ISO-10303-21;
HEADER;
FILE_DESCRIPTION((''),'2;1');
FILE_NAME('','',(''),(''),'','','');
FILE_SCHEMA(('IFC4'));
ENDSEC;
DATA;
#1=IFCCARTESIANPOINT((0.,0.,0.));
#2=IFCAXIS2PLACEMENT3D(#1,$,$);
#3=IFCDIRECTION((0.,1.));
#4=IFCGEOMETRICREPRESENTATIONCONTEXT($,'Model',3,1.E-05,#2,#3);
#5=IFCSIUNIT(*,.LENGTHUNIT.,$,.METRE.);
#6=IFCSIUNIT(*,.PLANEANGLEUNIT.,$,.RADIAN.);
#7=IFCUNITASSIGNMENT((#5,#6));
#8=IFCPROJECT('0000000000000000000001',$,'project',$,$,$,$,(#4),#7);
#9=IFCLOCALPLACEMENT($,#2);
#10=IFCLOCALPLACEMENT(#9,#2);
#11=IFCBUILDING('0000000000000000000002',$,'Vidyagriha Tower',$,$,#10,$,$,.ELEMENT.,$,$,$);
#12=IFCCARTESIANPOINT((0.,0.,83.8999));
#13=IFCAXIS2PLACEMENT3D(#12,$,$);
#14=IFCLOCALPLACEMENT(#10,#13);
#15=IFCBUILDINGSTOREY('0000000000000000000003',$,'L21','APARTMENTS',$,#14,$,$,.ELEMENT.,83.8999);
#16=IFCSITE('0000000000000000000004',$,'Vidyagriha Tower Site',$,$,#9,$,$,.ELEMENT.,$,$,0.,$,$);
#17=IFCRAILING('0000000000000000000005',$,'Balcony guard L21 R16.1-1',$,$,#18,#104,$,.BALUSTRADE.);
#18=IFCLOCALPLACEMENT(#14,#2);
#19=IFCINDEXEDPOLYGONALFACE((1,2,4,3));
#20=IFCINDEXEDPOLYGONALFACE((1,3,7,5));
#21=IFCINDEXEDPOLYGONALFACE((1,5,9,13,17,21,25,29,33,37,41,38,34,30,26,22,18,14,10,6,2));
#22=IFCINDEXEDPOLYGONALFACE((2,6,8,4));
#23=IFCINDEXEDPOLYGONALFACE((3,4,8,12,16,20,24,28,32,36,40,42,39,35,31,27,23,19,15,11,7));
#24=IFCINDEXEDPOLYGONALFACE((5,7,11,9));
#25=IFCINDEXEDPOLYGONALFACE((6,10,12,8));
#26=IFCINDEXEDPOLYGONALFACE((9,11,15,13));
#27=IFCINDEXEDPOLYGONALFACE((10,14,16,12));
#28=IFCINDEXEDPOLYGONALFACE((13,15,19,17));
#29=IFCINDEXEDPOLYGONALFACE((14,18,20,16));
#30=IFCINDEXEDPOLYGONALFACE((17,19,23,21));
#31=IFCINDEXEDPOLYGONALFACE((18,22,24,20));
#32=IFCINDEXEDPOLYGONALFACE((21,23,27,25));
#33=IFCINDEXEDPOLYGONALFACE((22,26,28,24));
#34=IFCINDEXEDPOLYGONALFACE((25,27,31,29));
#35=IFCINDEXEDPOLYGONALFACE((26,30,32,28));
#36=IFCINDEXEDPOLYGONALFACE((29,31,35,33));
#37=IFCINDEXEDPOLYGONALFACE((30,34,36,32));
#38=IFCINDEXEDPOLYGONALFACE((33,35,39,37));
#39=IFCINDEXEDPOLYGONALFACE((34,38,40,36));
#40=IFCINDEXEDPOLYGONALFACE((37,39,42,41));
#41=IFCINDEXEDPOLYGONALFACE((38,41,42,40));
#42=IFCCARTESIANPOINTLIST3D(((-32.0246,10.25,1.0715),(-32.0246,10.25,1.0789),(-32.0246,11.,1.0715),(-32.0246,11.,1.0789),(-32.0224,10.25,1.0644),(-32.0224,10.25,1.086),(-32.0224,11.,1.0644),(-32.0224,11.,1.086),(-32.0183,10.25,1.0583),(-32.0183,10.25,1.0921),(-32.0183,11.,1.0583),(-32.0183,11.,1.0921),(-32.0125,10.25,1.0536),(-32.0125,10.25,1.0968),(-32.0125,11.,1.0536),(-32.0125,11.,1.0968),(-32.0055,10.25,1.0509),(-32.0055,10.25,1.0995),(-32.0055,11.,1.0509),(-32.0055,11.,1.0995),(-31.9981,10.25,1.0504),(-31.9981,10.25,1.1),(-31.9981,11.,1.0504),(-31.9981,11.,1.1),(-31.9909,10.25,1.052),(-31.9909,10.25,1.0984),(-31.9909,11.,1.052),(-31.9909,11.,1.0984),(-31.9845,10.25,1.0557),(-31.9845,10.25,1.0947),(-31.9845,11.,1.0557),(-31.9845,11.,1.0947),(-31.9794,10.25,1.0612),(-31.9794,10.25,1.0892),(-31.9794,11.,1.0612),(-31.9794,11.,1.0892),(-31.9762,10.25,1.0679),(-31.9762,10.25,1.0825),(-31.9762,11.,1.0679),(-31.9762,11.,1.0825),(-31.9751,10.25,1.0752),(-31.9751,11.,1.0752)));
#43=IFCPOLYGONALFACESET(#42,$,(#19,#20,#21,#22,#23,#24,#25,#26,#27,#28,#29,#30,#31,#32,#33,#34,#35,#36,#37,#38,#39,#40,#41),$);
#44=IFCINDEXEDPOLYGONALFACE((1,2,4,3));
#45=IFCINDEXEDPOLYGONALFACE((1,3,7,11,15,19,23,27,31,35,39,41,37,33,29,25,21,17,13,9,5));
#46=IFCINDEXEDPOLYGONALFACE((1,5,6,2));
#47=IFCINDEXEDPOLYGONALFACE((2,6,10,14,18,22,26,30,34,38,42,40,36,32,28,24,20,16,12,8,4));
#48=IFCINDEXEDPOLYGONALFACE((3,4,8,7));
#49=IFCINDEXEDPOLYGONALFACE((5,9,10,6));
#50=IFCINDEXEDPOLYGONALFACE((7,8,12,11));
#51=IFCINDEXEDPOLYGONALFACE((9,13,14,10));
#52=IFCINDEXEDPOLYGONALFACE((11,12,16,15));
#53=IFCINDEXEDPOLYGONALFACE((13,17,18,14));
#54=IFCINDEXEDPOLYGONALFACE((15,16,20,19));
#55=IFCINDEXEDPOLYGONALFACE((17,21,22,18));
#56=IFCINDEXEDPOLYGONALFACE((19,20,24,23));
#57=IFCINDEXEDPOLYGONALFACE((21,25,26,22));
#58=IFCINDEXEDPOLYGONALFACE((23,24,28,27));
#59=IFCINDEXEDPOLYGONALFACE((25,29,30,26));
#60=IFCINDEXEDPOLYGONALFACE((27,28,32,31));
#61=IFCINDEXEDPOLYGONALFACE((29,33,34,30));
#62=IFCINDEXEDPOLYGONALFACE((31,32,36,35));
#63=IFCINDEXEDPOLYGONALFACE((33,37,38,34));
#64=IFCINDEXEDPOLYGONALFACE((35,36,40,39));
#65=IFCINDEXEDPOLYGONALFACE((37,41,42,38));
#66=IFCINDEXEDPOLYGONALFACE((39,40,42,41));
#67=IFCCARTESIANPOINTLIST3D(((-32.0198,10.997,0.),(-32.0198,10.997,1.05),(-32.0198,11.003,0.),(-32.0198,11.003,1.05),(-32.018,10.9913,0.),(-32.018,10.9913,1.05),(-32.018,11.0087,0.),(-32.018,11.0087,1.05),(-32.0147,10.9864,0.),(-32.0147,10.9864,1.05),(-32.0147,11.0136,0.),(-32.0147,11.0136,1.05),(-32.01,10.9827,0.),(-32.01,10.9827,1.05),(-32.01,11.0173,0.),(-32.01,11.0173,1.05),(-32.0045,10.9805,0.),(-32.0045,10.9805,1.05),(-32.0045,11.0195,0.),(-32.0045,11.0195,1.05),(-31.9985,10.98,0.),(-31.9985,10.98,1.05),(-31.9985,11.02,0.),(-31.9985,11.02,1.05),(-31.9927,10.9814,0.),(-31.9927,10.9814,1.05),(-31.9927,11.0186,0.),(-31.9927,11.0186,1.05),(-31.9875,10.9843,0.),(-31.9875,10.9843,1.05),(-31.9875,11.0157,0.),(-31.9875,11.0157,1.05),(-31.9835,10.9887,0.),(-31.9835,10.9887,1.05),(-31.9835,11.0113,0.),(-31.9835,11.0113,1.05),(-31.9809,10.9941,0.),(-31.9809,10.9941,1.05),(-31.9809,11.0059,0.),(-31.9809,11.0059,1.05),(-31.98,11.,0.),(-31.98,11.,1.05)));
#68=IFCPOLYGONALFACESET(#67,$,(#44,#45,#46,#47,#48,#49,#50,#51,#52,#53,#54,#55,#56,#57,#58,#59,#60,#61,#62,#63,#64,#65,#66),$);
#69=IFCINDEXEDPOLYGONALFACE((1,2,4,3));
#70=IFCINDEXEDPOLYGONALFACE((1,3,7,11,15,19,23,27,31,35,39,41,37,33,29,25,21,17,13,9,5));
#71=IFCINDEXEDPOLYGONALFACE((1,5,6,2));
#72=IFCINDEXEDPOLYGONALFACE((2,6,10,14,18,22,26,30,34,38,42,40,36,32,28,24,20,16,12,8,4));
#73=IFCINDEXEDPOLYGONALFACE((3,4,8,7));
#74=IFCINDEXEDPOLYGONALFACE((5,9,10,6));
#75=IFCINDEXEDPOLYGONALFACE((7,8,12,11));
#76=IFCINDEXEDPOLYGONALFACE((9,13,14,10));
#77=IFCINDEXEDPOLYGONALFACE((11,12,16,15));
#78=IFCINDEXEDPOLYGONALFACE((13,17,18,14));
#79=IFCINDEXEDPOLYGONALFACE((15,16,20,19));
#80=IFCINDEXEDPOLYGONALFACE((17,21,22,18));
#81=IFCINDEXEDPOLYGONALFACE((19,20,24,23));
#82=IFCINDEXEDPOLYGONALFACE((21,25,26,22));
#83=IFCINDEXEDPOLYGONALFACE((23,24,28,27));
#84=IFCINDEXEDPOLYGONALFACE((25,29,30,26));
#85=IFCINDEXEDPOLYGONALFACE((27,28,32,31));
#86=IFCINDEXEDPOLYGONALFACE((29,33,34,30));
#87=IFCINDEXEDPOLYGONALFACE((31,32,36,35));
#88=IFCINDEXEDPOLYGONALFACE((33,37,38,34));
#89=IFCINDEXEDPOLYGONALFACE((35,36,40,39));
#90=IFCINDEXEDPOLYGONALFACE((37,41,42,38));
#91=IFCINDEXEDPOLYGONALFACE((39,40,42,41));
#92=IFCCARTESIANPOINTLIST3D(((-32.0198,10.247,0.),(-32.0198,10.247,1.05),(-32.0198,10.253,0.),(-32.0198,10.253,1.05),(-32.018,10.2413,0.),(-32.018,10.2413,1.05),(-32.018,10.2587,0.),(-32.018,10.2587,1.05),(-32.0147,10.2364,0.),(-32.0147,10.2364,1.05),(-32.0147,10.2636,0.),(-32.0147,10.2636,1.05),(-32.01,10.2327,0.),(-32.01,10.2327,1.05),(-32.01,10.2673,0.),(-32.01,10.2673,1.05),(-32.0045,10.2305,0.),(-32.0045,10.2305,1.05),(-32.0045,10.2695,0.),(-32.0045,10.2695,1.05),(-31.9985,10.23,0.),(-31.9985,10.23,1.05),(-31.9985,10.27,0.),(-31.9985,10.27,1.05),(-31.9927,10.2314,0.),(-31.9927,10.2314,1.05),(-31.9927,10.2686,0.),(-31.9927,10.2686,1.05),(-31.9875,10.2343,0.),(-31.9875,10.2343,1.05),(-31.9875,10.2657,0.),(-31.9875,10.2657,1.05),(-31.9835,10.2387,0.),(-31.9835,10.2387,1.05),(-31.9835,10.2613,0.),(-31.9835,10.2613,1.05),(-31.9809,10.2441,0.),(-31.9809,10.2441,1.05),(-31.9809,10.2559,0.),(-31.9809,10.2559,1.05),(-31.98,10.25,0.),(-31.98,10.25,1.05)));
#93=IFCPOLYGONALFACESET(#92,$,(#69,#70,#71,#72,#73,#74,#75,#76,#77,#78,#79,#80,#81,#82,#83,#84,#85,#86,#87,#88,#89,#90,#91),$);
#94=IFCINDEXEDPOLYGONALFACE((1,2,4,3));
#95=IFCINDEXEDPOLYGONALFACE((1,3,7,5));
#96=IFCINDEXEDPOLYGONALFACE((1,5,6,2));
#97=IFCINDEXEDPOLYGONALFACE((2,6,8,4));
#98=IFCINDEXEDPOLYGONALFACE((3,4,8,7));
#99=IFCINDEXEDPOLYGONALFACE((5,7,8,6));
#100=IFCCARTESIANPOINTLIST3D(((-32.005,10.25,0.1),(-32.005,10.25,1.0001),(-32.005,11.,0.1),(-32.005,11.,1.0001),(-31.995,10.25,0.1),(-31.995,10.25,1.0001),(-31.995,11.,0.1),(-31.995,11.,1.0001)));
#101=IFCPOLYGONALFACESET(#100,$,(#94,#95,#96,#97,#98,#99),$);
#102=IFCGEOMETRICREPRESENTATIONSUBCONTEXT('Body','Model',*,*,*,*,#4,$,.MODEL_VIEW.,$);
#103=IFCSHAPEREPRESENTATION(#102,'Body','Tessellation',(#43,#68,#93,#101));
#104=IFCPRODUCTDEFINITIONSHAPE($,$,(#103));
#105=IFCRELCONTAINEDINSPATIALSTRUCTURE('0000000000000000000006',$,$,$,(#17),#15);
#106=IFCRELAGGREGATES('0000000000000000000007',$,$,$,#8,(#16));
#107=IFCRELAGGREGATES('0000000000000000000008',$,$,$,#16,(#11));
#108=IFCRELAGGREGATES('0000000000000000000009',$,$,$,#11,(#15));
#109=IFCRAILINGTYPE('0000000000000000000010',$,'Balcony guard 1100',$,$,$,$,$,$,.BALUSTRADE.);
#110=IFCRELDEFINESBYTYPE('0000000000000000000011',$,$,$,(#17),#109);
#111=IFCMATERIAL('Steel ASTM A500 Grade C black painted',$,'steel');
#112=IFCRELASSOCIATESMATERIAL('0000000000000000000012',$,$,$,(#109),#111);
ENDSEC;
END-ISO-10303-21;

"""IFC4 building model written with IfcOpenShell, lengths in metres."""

from ifc_helpers import new_model, si_unit, direction, frame, origin, origin_2d, place, context, subcontext, project, spatial, rectangle, circle, extrude, material, type_object, element, save


model = new_model("IFC4")

# Units and contexts
model_context = context("Model", 3, precision=1e-05, world=origin(), true_north=direction((0.0, 1.0)))
body_context = subcontext(model_context, "Body", "Model", "MODEL_VIEW")
ifc_project = project(units=[si_unit("LENGTHUNIT", "METRE"), si_unit("PLANEANGLEUNIT", "RADIAN")], contexts=[model_context])

# Site, building, storey
site_placement = place(None, origin())
site = spatial("IfcSite", under=ifc_project, at=site_placement, Name="Vidyagriha Tower Site", CompositionType="ELEMENT", RefElevation=0.0)
building_placement = place(site_placement, origin())
building = spatial("IfcBuilding", under=site, at=building_placement, Name="Vidyagriha Tower", CompositionType="ELEMENT")
storey_placement = place(building_placement, frame((0.0, 0.0, 83.8999)))
storey = spatial("IfcBuildingStorey", under=building, at=storey_placement, Name="L21", Description="APARTMENTS", CompositionType="ELEMENT", Elevation=83.8999)

# Railing
ifc_material_1 = material(Name="Steel ASTM A500 Grade C black painted", Category="steel")
railing_type_1 = type_object("IfcRailingType", Name="Balcony guard 1100", PredefinedType="BALUSTRADE", material=ifc_material_1)
railing_1_placement = place(storey_placement, frame((-32.0, 11.0, 0.0)))
element("IfcRailing", 1, at=railing_1_placement, inside=storey, type_object=railing_type_1, Name="Balcony guard L21 R16.1-1", PredefinedType="BALUSTRADE", context=body_context, shape_type="SweptSolid", body=[
    extrude(circle(Radius=0.0249, at=origin_2d()), frame((0.0, 0.0, 1.0752), z_axis=(0.0, -1.0, 0.0), x_axis=(1.0, 0.0, 0.0)), (0.0, 0.0, 1.0), 0.75),
    extrude(circle(Radius=0.02, at=origin_2d()), origin(), (0.0, 0.0, 1.0), 1.05),
    extrude(circle(Radius=0.02, at=origin_2d()), frame((0.0, -0.75, 0.0)), (0.0, 0.0, 1.0), 1.05),
    extrude(rectangle(XDim=0.01, YDim=0.9001, at=origin_2d()), frame((0.0, 0.0, 0.55), z_axis=(0.0, -1.0, 0.0), x_axis=(1.0, 0.0, 0.0)), (0.0, 0.0, 1.0), 0.75),
])

save(model, "model.ifc")
